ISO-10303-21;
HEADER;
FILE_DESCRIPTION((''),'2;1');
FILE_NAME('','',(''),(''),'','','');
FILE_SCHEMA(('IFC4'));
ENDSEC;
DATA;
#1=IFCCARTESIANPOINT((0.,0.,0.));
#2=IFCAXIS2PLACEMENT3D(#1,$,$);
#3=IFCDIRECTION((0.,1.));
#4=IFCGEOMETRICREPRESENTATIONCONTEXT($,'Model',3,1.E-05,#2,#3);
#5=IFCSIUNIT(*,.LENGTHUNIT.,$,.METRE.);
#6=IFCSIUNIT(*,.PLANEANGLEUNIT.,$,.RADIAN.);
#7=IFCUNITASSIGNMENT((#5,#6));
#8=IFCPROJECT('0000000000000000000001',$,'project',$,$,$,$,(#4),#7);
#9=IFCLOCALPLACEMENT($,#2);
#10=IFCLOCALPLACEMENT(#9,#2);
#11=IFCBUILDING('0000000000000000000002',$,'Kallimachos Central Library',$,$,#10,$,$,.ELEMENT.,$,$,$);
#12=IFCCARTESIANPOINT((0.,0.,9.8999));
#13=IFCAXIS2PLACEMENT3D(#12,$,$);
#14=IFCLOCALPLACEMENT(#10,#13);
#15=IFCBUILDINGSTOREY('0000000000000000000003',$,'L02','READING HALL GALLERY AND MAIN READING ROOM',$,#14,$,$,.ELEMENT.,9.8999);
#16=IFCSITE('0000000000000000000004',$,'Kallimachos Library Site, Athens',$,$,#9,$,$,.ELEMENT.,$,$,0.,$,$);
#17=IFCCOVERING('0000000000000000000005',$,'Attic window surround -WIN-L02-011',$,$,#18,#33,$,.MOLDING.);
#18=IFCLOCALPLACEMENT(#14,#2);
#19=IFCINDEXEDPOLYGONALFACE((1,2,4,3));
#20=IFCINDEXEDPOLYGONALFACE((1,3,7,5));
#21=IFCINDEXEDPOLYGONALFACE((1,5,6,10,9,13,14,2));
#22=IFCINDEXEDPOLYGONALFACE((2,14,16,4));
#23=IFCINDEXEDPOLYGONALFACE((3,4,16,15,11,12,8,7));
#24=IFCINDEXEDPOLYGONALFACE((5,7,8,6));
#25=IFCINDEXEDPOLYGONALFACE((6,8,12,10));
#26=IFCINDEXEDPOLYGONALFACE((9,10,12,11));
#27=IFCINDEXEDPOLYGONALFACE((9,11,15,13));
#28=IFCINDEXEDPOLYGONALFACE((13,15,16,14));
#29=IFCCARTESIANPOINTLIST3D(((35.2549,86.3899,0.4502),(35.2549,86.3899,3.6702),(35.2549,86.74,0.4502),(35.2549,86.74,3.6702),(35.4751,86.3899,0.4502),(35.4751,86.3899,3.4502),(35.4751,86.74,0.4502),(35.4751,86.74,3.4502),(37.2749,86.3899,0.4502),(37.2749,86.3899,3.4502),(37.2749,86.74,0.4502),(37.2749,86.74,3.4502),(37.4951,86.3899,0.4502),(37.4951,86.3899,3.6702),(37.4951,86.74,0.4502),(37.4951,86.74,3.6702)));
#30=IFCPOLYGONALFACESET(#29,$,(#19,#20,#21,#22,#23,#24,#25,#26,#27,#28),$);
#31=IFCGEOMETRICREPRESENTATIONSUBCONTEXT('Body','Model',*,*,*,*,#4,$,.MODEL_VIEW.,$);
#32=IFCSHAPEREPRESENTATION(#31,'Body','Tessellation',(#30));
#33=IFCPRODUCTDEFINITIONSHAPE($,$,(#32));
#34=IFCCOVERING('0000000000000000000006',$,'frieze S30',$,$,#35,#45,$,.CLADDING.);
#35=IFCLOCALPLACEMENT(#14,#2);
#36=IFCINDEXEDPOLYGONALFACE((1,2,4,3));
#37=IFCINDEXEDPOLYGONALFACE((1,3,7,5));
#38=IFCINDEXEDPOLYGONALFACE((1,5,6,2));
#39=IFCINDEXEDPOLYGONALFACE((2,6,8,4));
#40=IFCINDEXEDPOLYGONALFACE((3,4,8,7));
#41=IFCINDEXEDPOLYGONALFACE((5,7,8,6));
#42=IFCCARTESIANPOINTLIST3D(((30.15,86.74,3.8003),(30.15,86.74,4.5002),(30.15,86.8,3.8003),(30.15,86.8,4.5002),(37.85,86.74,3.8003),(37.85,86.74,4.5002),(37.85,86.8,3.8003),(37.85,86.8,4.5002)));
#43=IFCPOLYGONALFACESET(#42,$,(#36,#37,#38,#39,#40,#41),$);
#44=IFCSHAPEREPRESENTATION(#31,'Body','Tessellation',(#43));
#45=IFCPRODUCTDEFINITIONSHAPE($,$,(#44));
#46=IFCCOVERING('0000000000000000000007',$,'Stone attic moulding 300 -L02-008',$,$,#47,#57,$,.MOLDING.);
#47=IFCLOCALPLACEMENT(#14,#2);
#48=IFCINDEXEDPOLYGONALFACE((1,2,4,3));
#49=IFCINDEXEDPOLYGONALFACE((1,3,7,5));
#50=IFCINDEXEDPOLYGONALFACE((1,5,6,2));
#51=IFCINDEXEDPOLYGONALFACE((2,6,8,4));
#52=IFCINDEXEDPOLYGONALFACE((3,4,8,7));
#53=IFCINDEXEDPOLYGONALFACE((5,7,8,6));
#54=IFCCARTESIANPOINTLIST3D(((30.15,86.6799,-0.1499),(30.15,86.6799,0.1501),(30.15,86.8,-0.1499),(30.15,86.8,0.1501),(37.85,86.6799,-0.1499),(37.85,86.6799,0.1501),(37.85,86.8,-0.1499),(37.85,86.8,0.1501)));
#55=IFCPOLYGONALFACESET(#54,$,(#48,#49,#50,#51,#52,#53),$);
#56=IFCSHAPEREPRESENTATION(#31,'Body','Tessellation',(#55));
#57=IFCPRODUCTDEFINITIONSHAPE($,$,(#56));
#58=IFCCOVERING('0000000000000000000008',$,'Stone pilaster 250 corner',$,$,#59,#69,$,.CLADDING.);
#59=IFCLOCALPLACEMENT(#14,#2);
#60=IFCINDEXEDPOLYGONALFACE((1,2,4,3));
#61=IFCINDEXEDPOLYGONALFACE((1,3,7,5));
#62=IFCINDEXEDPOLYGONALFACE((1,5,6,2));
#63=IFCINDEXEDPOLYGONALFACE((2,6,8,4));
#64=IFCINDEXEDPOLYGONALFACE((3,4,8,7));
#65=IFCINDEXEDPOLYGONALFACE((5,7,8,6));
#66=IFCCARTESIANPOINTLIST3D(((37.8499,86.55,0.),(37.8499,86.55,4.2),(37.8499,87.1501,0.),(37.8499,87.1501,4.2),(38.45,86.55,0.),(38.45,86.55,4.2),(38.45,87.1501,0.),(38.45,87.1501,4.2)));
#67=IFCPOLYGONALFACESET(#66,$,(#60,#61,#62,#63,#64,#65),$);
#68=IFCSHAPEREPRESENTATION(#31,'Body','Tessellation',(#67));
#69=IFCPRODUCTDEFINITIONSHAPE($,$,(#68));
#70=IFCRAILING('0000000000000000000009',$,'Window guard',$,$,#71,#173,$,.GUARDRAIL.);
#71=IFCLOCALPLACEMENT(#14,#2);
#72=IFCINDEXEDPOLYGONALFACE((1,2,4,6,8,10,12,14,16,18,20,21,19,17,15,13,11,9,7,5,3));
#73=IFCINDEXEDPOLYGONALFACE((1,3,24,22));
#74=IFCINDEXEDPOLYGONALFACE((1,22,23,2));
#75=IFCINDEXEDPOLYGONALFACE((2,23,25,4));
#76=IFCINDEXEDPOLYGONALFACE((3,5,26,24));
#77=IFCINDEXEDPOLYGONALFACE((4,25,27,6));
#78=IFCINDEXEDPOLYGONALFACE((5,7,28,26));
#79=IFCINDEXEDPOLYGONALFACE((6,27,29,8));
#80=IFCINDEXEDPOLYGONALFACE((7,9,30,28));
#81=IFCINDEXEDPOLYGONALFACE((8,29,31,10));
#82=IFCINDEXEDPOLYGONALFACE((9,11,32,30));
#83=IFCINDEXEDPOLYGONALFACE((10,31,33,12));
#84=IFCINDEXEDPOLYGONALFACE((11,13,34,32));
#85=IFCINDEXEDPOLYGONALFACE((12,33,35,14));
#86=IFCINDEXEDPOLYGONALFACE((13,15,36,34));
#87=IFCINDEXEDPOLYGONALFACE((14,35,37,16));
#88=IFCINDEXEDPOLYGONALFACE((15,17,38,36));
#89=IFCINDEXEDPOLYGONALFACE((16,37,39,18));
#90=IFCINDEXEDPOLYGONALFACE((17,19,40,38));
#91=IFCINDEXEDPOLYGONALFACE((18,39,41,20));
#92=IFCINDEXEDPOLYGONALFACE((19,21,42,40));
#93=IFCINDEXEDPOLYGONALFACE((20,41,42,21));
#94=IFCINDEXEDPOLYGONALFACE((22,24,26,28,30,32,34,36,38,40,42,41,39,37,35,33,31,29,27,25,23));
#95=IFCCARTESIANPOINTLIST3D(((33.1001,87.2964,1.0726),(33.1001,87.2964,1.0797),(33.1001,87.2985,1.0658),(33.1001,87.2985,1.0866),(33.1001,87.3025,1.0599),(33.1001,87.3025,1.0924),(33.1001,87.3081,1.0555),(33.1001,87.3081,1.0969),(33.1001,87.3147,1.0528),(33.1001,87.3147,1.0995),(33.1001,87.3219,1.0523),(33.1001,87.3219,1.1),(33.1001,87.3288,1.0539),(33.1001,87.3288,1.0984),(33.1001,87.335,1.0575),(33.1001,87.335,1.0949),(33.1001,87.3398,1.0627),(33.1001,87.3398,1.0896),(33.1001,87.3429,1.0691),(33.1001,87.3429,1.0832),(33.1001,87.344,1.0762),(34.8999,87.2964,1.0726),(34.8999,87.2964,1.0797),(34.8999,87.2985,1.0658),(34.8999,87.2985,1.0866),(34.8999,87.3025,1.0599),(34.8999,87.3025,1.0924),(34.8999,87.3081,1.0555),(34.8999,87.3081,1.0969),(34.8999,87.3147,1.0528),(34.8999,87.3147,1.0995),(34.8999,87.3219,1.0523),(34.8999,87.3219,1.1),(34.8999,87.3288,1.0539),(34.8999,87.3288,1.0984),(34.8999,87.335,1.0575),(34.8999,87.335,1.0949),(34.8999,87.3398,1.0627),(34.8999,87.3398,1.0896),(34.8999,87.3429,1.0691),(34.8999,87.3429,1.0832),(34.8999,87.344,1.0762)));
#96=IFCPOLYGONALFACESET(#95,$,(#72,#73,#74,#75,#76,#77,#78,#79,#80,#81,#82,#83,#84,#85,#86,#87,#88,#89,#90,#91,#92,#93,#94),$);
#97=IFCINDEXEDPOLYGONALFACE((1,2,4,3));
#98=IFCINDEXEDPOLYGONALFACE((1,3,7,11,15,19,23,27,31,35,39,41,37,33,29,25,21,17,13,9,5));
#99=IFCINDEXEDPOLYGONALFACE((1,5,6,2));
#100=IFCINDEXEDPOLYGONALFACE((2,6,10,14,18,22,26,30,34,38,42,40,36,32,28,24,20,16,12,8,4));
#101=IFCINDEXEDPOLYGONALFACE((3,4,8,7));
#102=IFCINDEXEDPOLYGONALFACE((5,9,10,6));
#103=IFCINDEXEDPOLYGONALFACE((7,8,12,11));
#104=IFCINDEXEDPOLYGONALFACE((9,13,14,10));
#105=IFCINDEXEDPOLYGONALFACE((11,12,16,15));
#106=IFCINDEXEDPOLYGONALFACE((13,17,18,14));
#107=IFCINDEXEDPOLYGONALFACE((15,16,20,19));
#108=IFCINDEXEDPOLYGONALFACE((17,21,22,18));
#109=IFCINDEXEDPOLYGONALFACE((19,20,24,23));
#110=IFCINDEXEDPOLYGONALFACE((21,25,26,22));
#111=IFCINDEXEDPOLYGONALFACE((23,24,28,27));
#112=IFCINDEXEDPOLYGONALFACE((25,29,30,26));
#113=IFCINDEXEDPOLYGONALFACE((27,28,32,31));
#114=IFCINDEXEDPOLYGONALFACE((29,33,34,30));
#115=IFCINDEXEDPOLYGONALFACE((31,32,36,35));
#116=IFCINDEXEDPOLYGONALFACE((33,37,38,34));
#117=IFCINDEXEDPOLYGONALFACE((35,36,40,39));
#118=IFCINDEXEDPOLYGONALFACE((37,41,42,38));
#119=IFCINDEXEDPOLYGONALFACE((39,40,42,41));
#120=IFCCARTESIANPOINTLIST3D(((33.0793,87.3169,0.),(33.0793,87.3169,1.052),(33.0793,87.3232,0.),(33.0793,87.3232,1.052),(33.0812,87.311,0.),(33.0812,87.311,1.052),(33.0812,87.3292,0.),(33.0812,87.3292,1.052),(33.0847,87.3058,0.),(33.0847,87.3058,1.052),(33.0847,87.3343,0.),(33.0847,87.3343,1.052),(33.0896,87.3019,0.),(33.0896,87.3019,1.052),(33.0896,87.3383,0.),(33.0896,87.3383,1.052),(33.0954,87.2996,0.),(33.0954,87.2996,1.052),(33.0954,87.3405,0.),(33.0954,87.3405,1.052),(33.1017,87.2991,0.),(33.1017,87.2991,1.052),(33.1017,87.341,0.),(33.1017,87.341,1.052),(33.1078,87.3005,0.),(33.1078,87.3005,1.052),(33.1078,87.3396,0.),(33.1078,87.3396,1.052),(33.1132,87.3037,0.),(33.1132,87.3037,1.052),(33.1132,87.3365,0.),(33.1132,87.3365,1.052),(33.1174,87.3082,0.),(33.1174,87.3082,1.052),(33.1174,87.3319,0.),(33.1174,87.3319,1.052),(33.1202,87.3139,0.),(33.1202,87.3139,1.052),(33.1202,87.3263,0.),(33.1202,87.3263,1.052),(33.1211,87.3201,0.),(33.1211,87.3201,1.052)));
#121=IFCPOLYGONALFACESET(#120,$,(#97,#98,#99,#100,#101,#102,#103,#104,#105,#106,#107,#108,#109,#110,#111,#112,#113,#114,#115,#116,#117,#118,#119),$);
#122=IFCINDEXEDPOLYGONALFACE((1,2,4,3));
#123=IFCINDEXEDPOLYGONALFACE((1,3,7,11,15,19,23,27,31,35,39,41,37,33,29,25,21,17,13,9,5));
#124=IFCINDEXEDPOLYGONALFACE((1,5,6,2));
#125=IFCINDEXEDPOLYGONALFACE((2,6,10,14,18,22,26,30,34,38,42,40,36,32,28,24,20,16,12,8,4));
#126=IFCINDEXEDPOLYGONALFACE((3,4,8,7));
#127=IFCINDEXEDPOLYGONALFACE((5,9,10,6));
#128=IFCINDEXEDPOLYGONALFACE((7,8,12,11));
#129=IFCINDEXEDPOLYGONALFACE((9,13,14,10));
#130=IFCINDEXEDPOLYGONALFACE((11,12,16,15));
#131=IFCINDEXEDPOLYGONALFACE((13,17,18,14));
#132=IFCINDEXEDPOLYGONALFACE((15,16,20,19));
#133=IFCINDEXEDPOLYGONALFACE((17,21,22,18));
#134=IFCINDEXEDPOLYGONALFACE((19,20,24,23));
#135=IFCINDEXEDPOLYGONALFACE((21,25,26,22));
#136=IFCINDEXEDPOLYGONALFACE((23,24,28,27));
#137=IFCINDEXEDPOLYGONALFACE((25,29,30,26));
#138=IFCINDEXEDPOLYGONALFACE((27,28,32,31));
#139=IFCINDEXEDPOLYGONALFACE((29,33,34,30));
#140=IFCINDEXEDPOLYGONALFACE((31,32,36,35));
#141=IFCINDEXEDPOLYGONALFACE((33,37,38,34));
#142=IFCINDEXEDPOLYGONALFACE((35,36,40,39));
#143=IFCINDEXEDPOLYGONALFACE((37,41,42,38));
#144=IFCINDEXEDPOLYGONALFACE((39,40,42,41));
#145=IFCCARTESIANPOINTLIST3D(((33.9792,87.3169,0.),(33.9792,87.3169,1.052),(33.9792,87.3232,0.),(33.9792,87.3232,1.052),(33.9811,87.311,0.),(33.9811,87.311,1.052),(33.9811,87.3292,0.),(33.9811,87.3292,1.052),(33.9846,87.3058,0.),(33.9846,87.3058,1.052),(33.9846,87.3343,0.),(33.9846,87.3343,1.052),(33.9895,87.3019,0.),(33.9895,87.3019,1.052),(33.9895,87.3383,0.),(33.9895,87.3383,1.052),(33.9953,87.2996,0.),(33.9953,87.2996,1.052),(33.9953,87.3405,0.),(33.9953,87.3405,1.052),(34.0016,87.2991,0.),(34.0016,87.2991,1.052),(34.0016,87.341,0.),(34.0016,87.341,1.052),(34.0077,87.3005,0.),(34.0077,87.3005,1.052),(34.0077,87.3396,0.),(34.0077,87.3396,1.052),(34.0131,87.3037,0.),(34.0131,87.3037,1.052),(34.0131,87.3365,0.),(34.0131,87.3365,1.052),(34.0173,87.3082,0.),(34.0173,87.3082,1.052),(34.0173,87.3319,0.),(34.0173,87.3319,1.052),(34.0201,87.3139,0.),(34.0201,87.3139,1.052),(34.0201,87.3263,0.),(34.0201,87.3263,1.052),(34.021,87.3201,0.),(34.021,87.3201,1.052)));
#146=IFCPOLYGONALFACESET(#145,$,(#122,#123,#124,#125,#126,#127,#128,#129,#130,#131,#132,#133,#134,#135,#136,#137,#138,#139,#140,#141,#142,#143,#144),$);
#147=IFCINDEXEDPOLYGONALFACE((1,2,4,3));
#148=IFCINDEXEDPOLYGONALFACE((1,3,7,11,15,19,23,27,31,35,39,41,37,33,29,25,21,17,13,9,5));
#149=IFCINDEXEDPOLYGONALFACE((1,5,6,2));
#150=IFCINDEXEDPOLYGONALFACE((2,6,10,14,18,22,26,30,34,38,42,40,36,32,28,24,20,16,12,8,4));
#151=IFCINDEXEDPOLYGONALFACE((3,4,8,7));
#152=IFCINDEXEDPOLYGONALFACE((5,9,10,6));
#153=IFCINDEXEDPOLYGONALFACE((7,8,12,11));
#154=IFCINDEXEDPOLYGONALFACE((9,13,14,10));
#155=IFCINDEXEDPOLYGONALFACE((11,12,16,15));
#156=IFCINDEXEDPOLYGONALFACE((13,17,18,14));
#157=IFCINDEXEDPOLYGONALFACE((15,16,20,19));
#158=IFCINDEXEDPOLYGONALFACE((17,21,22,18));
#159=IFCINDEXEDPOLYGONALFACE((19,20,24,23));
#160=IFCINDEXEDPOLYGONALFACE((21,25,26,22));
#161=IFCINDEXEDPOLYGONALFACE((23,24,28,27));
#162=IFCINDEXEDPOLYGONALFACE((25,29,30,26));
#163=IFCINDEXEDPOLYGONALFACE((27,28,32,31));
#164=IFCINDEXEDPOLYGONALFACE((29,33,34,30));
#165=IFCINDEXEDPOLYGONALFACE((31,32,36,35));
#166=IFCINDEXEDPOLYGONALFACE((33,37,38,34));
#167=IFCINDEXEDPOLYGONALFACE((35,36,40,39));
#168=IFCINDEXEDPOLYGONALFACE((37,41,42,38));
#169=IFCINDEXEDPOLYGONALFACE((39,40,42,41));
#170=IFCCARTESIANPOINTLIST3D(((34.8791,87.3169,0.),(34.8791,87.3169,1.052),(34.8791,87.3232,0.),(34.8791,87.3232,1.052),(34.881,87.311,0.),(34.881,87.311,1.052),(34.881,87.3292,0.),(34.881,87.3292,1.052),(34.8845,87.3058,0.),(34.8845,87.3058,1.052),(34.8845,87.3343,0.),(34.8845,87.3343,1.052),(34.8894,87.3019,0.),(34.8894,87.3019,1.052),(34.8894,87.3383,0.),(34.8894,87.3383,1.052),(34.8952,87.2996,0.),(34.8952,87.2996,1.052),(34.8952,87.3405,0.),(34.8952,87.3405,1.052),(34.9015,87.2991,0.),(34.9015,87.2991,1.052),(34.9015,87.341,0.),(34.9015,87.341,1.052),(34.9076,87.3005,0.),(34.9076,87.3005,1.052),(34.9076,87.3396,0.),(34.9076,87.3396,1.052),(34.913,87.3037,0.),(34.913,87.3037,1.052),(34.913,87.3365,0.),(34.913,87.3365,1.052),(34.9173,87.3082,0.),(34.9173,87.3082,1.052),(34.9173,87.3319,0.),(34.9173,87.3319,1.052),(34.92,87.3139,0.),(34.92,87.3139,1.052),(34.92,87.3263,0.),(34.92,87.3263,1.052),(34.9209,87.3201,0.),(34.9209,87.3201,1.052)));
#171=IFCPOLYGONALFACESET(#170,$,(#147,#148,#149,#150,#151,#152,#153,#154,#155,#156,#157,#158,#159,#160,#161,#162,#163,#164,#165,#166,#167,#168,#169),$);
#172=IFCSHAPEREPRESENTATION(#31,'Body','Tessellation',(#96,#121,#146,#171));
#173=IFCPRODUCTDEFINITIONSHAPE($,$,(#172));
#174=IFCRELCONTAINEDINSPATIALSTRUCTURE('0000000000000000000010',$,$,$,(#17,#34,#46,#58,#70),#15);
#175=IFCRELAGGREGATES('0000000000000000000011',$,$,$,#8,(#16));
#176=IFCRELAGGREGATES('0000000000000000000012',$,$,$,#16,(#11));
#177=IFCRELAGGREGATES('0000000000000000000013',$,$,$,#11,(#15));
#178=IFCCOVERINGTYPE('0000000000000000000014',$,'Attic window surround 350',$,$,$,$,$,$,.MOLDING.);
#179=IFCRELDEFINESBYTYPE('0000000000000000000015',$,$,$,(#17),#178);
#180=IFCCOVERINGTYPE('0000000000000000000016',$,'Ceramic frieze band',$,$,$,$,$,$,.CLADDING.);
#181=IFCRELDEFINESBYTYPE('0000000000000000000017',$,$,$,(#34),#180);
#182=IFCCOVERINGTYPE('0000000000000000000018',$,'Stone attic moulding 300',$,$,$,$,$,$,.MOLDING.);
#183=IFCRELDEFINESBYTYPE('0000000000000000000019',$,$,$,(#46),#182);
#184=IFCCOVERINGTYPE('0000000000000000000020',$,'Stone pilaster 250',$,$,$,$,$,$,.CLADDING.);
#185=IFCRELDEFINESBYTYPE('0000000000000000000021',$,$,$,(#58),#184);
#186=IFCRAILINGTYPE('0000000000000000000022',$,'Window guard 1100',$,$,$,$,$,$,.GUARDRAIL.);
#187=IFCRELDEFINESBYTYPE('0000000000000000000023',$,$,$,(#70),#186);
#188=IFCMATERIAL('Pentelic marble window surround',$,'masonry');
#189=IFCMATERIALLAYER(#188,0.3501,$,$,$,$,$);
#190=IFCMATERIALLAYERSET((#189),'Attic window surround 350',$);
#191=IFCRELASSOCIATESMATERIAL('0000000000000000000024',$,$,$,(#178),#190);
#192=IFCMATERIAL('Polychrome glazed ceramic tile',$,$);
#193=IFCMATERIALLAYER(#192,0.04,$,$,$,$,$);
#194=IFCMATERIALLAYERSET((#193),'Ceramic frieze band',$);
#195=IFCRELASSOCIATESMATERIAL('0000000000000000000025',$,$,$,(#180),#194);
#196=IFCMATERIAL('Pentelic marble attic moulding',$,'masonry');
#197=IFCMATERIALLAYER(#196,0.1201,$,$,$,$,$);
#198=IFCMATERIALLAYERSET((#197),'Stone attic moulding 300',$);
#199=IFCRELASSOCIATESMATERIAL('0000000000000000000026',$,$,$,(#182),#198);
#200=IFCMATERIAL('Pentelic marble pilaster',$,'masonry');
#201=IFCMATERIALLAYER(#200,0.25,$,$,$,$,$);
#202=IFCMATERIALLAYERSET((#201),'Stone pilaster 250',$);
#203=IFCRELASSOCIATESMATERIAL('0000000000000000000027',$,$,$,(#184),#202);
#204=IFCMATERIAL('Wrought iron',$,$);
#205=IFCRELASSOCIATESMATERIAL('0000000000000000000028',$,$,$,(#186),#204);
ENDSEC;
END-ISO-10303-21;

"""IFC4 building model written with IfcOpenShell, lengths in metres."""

from ifc_helpers import new_model, si_unit, direction, frame, origin, origin_2d, place, context, subcontext, project, spatial, polyline, rectangle, circle, outline, extrude, material, layer, layer_set, type_object, element, save


model = new_model("IFC4")

# Units and contexts
model_context = context("Model", 3, precision=1e-05, world=origin(), true_north=direction((0.0, 1.0)))
body_context = subcontext(model_context, "Body", "Model", "MODEL_VIEW")
ifc_project = project(units=[si_unit("LENGTHUNIT", "METRE"), si_unit("PLANEANGLEUNIT", "RADIAN")], contexts=[model_context])

# Site, building, storey
site_placement = place(None, origin())
site = spatial("IfcSite", under=ifc_project, at=site_placement, Name="Kallimachos Library Site, Athens", CompositionType="ELEMENT", RefElevation=0.0)
building_placement = place(site_placement, origin())
building = spatial("IfcBuilding", under=site, at=building_placement, Name="Kallimachos Central Library", CompositionType="ELEMENT")
storey_placement = place(building_placement, frame((0.0, 0.0, 9.8999)))
storey = spatial("IfcBuildingStorey", under=building, at=storey_placement, Name="L02", Description="READING HALL GALLERY AND MAIN READING ROOM", CompositionType="ELEMENT", Elevation=9.8999)

# Coverings
ifc_material_1 = material(Name="Pentelic marble window surround", Category="masonry")
ifc_layer_1 = layer(ifc_material_1, 0.3501)
ifc_layer_set_1 = layer_set([ifc_layer_1], Name="Attic window surround 350")
covering_type_1 = type_object("IfcCoveringType", Name="Attic window surround 350", PredefinedType="MOLDING", material=ifc_layer_set_1)
for number, where, z_axis, x_axis, name in (
    (1, (35.4751, 86.3899, 0.4502), (0.0, -1.0, 0.0), (0.0, 0.0, 1.0), "Attic window surround -WIN-L02-011"),
):
    element("IfcCovering", number, at=place(storey_placement, frame(where, z_axis=z_axis, x_axis=x_axis)), inside=storey, type_object=covering_type_1, Name=name, PredefinedType="MOLDING", context=body_context, shape_type="SweptSolid", body=[
        extrude(outline(polyline([(0.0, 0.0), (3.0, 0.0), (3.0, -1.7998), (0.0, -1.7998), (0.0, -2.02), (3.22, -2.02), (3.22, 0.2202), (0.0, 0.2202), (0.0, 0.0)])), origin(), (0.0, 0.0, -1.0), 0.3501),
    ])
ifc_material_2 = material(Name="Polychrome glazed ceramic tile")
ifc_layer_2 = layer(ifc_material_2, 0.04)
ifc_layer_set_2 = layer_set([ifc_layer_2], Name="Ceramic frieze band")
covering_type_2 = type_object("IfcCoveringType", Name="Ceramic frieze band", PredefinedType="CLADDING", material=ifc_layer_set_2)
covering_1_placement = place(storey_placement, frame((34.0, 86.77, 3.8003), z_axis=(0.0, 0.0, 1.0), x_axis=(1.0, 0.0, 0.0)))
element("IfcCovering", 2, at=covering_1_placement, inside=storey, type_object=covering_type_2, Name="frieze S30", PredefinedType="CLADDING", context=body_context, shape_type="SweptSolid", body=[
    extrude(rectangle(XDim=7.7, YDim=0.0601, at=origin_2d()), origin(), (0.0, 0.0, 1.0), 0.7),
])
ifc_material_3 = material(Name="Pentelic marble attic moulding", Category="masonry")
ifc_layer_3 = layer(ifc_material_3, 0.1201)
ifc_layer_set_3 = layer_set([ifc_layer_3], Name="Stone attic moulding 300")
covering_type_3 = type_object("IfcCoveringType", Name="Stone attic moulding 300", PredefinedType="MOLDING", material=ifc_layer_set_3)
covering_2_placement = place(storey_placement, frame((34.0, 86.74, -0.1499), z_axis=(0.0, 0.0, 1.0), x_axis=(1.0, 0.0, 0.0)))
element("IfcCovering", 3, at=covering_2_placement, inside=storey, type_object=covering_type_3, Name="Stone attic moulding 300 -L02-008", PredefinedType="MOLDING", context=body_context, shape_type="SweptSolid", body=[
    extrude(rectangle(XDim=7.7, YDim=0.1201, at=origin_2d()), origin(), (0.0, 0.0, 1.0), 0.3),
])
ifc_material_4 = material(Name="Pentelic marble pilaster", Category="masonry")
ifc_layer_4 = layer(ifc_material_4, 0.25)
ifc_layer_set_4 = layer_set([ifc_layer_4], Name="Stone pilaster 250")
covering_type_4 = type_object("IfcCoveringType", Name="Stone pilaster 250", PredefinedType="CLADDING", material=ifc_layer_set_4)
covering_3_placement = place(storey_placement, frame((38.1499, 86.8501, 0.0), z_axis=(0.0, 0.0, 1.0), x_axis=(1.0, 0.0, 0.0)))
element("IfcCovering", 4, at=covering_3_placement, inside=storey, type_object=covering_type_4, Name="Stone pilaster 250 corner", PredefinedType="CLADDING", context=body_context, shape_type="SweptSolid", body=[
    extrude(rectangle(XDim=0.6001, YDim=0.6001, at=origin_2d()), origin(), (0.0, 0.0, 1.0), 4.2),
])

# Railing
ifc_material_5 = material(Name="Wrought iron")
railing_type = type_object("IfcRailingType", Name="Window guard 1100", PredefinedType="GUARDRAIL", material=ifc_material_5)
for number, where, name in (
    (5, (33.1001, 87.3201, 0.0), "Window guard"),
):
    element("IfcRailing", number, at=place(storey_placement, frame(where)), inside=storey, type_object=railing_type, Name=name, PredefinedType="GUARDRAIL", context=body_context, shape_type="SweptSolid", body=[
        extrude(circle(Radius=0.0239, at=origin_2d()), frame((0.0, 0.0, 1.0762), z_axis=(1.0, 0.0, 0.0), x_axis=(0.0, 1.0, 0.0)), (0.0, 0.0, 1.0), 1.7998),
        extrude(circle(Radius=0.021, at=origin_2d()), origin(), (0.0, 0.0, 1.0), 1.052),
        extrude(circle(Radius=0.021, at=origin_2d()), frame((0.8999, 0.0, 0.0)), (0.0, 0.0, 1.0), 1.052),
        extrude(circle(Radius=0.021, at=origin_2d()), frame((1.7998, 0.0, 0.0)), (0.0, 0.0, 1.0), 1.052),
    ])

save(model, "model.ifc")
